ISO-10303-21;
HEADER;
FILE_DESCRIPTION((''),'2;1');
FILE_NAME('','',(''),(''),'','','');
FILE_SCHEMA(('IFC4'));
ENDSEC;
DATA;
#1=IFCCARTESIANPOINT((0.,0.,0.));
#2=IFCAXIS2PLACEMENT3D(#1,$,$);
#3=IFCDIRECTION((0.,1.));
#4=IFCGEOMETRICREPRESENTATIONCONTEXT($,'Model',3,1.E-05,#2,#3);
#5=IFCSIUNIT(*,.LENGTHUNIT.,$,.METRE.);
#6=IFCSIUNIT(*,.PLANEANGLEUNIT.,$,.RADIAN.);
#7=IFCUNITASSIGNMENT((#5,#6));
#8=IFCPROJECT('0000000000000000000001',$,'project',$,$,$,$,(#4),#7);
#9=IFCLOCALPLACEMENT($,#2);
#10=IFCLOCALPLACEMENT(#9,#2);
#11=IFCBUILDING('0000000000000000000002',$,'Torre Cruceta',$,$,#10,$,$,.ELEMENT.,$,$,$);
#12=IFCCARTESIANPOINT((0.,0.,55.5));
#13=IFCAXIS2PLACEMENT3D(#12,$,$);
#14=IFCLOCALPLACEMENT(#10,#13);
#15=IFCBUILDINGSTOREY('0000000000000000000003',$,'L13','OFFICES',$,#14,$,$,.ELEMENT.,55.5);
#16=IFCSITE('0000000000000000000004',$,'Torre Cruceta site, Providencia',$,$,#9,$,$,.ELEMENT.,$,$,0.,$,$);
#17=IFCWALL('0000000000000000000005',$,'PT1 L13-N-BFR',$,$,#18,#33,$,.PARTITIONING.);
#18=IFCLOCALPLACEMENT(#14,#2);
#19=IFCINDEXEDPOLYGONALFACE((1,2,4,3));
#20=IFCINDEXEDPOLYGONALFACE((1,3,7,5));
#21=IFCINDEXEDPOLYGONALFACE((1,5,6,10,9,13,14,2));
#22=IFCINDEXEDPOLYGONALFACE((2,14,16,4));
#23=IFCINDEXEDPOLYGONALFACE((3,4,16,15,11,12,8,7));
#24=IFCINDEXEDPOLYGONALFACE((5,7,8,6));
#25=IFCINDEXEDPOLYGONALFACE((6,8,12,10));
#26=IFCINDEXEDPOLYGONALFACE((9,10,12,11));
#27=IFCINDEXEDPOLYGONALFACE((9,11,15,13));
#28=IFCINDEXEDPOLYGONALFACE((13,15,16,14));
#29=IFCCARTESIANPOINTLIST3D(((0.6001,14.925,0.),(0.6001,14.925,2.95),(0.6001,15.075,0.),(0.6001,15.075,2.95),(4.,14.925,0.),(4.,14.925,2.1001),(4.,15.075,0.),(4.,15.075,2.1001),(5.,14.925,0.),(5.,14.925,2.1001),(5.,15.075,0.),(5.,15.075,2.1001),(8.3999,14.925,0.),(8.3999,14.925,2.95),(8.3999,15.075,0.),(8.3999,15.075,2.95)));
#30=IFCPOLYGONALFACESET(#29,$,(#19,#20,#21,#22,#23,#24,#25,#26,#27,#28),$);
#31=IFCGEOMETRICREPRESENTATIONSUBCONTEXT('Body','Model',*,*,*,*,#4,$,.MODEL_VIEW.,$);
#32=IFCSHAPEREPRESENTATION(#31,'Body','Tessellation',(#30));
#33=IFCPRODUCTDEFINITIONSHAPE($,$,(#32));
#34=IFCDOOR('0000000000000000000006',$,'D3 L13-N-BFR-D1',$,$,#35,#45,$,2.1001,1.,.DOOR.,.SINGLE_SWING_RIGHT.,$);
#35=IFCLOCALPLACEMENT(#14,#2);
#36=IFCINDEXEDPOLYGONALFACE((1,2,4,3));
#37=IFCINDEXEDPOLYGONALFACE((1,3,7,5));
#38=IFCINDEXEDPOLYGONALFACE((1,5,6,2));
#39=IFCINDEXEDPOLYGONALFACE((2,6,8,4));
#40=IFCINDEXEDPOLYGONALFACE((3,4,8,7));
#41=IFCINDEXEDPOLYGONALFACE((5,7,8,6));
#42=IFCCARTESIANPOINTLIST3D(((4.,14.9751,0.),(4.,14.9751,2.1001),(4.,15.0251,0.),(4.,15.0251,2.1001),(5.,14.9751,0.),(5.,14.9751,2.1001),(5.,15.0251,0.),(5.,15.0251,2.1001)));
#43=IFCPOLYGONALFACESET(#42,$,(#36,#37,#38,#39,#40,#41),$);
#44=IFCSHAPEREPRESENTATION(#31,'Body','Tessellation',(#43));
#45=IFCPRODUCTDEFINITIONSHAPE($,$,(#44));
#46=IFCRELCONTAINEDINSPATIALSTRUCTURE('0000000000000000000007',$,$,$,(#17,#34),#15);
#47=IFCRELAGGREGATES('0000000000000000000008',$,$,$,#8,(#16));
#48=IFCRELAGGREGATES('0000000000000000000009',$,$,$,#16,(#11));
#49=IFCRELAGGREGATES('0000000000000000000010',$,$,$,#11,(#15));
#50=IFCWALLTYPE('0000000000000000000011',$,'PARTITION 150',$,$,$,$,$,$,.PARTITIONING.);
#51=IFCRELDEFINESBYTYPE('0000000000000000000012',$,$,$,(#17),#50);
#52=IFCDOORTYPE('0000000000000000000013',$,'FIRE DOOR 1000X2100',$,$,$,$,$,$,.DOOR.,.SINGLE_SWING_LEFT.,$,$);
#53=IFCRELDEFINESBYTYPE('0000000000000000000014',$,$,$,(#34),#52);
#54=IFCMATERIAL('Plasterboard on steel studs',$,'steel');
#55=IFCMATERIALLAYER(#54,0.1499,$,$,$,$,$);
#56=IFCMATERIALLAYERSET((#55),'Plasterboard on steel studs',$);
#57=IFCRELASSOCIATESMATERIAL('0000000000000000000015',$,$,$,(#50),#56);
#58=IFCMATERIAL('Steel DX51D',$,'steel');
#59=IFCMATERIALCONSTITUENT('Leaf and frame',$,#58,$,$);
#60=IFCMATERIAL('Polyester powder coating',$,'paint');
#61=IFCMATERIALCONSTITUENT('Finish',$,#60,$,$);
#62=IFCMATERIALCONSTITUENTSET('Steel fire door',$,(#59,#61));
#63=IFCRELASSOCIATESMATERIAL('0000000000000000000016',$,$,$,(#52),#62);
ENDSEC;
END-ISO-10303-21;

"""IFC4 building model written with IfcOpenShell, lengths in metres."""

from ifc_helpers import new_model, si_unit, direction, frame, frame_2d, origin, place, context, subcontext, project, spatial, rectangle, extrude, material, layer, layer_set, constituent, constituent_set, type_object, element, fill, save


model = new_model("IFC4")

# Units and contexts
model_context = context("Model", 3, precision=1e-05, world=origin(), true_north=direction((0.0, 1.0)))
body_context = subcontext(model_context, "Body", "Model", "MODEL_VIEW")
ifc_project = project(units=[si_unit("LENGTHUNIT", "METRE"), si_unit("PLANEANGLEUNIT", "RADIAN")], contexts=[model_context])

# Site, building, storey
site_placement = place(None, origin())
site = spatial("IfcSite", under=ifc_project, at=site_placement, Name="Torre Cruceta site, Providencia", CompositionType="ELEMENT", RefElevation=0.0)
building_placement = place(site_placement, origin())
building = spatial("IfcBuilding", under=site, at=building_placement, Name="Torre Cruceta", CompositionType="ELEMENT")
storey_placement = place(building_placement, frame((0.0, 0.0, 55.5)))
storey = spatial("IfcBuildingStorey", under=building, at=storey_placement, Name="L13", Description="OFFICES", CompositionType="ELEMENT", Elevation=55.5)

# Wall, opening, door
ifc_material_1 = material(Name="Plasterboard on steel studs", Category="steel")
ifc_layer_1 = layer(ifc_material_1, 0.1499)
ifc_layer_set_1 = layer_set([ifc_layer_1], Name="Plasterboard on steel studs")
wall_type_1 = type_object("IfcWallType", Name="PARTITION 150", PredefinedType="PARTITIONING", material=ifc_layer_set_1)
wall_1_placement = place(storey_placement, frame((8.3999, 15.0, 0.0), z_axis=(0.0, 0.0, 1.0), x_axis=(-1.0, 0.0, 0.0)))
wall_1 = element("IfcWall", 1, at=wall_1_placement, inside=storey, type_object=wall_type_1, Name="PT1 L13-N-BFR", PredefinedType="PARTITIONING", context=body_context, shape_type="SweptSolid", body=[
    extrude(rectangle(XDim=7.7998, YDim=0.1499, at=frame_2d((3.8999, 0.0))), origin(), (0.0, 0.0, 1.0), 2.95),
])
opening_1_placement = place(wall_1_placement, frame((3.3999, 0.0, 0.0)))
opening_1 = element("IfcOpeningElement", 2, at=opening_1_placement, cuts=wall_1, PredefinedType="OPENING", context=body_context, shape_type="SweptSolid", body=[
    extrude(rectangle(XDim=1.0, YDim=2.1001, at=frame_2d((0.5, 1.05))), frame((0.0, 0.085, 0.0), z_axis=(0.0, -1.0, 0.0), x_axis=(1.0, 0.0, 0.0)), (0.0, 0.0, 1.0), 0.1699),
])
ifc_material_2 = material(Name="Steel DX51D", Category="steel")
ifc_constituent_1 = constituent(ifc_material_2, Name="Leaf and frame")
ifc_material_3 = material(Name="Polyester powder coating", Category="paint")
ifc_constituent_2 = constituent(ifc_material_3, Name="Finish")
ifc_constituent_set_1 = constituent_set(constituents=[ifc_constituent_1, ifc_constituent_2], Name="Steel fire door")
door_type_1 = type_object("IfcDoorType", Name="FIRE DOOR 1000X2100", OperationType="SINGLE_SWING_LEFT", PredefinedType="DOOR", material=ifc_constituent_set_1)
door_1_placement = place(opening_1_placement, origin())
door_1 = element("IfcDoor", 3, at=door_1_placement, inside=storey, type_object=door_type_1, Name="D3 L13-N-BFR-D1", OperationType="SINGLE_SWING_RIGHT", OverallHeight=2.1001, OverallWidth=1.0, PredefinedType="DOOR", context=body_context, shape_type="SweptSolid", body=[
    extrude(rectangle(XDim=1.0, YDim=2.1001, at=frame_2d((0.5, 1.05))), frame((0.0, 0.0249, 0.0), z_axis=(0.0, -1.0, 0.0), x_axis=(1.0, 0.0, 0.0)), (0.0, 0.0, 1.0), 0.05),
])
fill(opening_1, door_1)

save(model, "model.ifc")
